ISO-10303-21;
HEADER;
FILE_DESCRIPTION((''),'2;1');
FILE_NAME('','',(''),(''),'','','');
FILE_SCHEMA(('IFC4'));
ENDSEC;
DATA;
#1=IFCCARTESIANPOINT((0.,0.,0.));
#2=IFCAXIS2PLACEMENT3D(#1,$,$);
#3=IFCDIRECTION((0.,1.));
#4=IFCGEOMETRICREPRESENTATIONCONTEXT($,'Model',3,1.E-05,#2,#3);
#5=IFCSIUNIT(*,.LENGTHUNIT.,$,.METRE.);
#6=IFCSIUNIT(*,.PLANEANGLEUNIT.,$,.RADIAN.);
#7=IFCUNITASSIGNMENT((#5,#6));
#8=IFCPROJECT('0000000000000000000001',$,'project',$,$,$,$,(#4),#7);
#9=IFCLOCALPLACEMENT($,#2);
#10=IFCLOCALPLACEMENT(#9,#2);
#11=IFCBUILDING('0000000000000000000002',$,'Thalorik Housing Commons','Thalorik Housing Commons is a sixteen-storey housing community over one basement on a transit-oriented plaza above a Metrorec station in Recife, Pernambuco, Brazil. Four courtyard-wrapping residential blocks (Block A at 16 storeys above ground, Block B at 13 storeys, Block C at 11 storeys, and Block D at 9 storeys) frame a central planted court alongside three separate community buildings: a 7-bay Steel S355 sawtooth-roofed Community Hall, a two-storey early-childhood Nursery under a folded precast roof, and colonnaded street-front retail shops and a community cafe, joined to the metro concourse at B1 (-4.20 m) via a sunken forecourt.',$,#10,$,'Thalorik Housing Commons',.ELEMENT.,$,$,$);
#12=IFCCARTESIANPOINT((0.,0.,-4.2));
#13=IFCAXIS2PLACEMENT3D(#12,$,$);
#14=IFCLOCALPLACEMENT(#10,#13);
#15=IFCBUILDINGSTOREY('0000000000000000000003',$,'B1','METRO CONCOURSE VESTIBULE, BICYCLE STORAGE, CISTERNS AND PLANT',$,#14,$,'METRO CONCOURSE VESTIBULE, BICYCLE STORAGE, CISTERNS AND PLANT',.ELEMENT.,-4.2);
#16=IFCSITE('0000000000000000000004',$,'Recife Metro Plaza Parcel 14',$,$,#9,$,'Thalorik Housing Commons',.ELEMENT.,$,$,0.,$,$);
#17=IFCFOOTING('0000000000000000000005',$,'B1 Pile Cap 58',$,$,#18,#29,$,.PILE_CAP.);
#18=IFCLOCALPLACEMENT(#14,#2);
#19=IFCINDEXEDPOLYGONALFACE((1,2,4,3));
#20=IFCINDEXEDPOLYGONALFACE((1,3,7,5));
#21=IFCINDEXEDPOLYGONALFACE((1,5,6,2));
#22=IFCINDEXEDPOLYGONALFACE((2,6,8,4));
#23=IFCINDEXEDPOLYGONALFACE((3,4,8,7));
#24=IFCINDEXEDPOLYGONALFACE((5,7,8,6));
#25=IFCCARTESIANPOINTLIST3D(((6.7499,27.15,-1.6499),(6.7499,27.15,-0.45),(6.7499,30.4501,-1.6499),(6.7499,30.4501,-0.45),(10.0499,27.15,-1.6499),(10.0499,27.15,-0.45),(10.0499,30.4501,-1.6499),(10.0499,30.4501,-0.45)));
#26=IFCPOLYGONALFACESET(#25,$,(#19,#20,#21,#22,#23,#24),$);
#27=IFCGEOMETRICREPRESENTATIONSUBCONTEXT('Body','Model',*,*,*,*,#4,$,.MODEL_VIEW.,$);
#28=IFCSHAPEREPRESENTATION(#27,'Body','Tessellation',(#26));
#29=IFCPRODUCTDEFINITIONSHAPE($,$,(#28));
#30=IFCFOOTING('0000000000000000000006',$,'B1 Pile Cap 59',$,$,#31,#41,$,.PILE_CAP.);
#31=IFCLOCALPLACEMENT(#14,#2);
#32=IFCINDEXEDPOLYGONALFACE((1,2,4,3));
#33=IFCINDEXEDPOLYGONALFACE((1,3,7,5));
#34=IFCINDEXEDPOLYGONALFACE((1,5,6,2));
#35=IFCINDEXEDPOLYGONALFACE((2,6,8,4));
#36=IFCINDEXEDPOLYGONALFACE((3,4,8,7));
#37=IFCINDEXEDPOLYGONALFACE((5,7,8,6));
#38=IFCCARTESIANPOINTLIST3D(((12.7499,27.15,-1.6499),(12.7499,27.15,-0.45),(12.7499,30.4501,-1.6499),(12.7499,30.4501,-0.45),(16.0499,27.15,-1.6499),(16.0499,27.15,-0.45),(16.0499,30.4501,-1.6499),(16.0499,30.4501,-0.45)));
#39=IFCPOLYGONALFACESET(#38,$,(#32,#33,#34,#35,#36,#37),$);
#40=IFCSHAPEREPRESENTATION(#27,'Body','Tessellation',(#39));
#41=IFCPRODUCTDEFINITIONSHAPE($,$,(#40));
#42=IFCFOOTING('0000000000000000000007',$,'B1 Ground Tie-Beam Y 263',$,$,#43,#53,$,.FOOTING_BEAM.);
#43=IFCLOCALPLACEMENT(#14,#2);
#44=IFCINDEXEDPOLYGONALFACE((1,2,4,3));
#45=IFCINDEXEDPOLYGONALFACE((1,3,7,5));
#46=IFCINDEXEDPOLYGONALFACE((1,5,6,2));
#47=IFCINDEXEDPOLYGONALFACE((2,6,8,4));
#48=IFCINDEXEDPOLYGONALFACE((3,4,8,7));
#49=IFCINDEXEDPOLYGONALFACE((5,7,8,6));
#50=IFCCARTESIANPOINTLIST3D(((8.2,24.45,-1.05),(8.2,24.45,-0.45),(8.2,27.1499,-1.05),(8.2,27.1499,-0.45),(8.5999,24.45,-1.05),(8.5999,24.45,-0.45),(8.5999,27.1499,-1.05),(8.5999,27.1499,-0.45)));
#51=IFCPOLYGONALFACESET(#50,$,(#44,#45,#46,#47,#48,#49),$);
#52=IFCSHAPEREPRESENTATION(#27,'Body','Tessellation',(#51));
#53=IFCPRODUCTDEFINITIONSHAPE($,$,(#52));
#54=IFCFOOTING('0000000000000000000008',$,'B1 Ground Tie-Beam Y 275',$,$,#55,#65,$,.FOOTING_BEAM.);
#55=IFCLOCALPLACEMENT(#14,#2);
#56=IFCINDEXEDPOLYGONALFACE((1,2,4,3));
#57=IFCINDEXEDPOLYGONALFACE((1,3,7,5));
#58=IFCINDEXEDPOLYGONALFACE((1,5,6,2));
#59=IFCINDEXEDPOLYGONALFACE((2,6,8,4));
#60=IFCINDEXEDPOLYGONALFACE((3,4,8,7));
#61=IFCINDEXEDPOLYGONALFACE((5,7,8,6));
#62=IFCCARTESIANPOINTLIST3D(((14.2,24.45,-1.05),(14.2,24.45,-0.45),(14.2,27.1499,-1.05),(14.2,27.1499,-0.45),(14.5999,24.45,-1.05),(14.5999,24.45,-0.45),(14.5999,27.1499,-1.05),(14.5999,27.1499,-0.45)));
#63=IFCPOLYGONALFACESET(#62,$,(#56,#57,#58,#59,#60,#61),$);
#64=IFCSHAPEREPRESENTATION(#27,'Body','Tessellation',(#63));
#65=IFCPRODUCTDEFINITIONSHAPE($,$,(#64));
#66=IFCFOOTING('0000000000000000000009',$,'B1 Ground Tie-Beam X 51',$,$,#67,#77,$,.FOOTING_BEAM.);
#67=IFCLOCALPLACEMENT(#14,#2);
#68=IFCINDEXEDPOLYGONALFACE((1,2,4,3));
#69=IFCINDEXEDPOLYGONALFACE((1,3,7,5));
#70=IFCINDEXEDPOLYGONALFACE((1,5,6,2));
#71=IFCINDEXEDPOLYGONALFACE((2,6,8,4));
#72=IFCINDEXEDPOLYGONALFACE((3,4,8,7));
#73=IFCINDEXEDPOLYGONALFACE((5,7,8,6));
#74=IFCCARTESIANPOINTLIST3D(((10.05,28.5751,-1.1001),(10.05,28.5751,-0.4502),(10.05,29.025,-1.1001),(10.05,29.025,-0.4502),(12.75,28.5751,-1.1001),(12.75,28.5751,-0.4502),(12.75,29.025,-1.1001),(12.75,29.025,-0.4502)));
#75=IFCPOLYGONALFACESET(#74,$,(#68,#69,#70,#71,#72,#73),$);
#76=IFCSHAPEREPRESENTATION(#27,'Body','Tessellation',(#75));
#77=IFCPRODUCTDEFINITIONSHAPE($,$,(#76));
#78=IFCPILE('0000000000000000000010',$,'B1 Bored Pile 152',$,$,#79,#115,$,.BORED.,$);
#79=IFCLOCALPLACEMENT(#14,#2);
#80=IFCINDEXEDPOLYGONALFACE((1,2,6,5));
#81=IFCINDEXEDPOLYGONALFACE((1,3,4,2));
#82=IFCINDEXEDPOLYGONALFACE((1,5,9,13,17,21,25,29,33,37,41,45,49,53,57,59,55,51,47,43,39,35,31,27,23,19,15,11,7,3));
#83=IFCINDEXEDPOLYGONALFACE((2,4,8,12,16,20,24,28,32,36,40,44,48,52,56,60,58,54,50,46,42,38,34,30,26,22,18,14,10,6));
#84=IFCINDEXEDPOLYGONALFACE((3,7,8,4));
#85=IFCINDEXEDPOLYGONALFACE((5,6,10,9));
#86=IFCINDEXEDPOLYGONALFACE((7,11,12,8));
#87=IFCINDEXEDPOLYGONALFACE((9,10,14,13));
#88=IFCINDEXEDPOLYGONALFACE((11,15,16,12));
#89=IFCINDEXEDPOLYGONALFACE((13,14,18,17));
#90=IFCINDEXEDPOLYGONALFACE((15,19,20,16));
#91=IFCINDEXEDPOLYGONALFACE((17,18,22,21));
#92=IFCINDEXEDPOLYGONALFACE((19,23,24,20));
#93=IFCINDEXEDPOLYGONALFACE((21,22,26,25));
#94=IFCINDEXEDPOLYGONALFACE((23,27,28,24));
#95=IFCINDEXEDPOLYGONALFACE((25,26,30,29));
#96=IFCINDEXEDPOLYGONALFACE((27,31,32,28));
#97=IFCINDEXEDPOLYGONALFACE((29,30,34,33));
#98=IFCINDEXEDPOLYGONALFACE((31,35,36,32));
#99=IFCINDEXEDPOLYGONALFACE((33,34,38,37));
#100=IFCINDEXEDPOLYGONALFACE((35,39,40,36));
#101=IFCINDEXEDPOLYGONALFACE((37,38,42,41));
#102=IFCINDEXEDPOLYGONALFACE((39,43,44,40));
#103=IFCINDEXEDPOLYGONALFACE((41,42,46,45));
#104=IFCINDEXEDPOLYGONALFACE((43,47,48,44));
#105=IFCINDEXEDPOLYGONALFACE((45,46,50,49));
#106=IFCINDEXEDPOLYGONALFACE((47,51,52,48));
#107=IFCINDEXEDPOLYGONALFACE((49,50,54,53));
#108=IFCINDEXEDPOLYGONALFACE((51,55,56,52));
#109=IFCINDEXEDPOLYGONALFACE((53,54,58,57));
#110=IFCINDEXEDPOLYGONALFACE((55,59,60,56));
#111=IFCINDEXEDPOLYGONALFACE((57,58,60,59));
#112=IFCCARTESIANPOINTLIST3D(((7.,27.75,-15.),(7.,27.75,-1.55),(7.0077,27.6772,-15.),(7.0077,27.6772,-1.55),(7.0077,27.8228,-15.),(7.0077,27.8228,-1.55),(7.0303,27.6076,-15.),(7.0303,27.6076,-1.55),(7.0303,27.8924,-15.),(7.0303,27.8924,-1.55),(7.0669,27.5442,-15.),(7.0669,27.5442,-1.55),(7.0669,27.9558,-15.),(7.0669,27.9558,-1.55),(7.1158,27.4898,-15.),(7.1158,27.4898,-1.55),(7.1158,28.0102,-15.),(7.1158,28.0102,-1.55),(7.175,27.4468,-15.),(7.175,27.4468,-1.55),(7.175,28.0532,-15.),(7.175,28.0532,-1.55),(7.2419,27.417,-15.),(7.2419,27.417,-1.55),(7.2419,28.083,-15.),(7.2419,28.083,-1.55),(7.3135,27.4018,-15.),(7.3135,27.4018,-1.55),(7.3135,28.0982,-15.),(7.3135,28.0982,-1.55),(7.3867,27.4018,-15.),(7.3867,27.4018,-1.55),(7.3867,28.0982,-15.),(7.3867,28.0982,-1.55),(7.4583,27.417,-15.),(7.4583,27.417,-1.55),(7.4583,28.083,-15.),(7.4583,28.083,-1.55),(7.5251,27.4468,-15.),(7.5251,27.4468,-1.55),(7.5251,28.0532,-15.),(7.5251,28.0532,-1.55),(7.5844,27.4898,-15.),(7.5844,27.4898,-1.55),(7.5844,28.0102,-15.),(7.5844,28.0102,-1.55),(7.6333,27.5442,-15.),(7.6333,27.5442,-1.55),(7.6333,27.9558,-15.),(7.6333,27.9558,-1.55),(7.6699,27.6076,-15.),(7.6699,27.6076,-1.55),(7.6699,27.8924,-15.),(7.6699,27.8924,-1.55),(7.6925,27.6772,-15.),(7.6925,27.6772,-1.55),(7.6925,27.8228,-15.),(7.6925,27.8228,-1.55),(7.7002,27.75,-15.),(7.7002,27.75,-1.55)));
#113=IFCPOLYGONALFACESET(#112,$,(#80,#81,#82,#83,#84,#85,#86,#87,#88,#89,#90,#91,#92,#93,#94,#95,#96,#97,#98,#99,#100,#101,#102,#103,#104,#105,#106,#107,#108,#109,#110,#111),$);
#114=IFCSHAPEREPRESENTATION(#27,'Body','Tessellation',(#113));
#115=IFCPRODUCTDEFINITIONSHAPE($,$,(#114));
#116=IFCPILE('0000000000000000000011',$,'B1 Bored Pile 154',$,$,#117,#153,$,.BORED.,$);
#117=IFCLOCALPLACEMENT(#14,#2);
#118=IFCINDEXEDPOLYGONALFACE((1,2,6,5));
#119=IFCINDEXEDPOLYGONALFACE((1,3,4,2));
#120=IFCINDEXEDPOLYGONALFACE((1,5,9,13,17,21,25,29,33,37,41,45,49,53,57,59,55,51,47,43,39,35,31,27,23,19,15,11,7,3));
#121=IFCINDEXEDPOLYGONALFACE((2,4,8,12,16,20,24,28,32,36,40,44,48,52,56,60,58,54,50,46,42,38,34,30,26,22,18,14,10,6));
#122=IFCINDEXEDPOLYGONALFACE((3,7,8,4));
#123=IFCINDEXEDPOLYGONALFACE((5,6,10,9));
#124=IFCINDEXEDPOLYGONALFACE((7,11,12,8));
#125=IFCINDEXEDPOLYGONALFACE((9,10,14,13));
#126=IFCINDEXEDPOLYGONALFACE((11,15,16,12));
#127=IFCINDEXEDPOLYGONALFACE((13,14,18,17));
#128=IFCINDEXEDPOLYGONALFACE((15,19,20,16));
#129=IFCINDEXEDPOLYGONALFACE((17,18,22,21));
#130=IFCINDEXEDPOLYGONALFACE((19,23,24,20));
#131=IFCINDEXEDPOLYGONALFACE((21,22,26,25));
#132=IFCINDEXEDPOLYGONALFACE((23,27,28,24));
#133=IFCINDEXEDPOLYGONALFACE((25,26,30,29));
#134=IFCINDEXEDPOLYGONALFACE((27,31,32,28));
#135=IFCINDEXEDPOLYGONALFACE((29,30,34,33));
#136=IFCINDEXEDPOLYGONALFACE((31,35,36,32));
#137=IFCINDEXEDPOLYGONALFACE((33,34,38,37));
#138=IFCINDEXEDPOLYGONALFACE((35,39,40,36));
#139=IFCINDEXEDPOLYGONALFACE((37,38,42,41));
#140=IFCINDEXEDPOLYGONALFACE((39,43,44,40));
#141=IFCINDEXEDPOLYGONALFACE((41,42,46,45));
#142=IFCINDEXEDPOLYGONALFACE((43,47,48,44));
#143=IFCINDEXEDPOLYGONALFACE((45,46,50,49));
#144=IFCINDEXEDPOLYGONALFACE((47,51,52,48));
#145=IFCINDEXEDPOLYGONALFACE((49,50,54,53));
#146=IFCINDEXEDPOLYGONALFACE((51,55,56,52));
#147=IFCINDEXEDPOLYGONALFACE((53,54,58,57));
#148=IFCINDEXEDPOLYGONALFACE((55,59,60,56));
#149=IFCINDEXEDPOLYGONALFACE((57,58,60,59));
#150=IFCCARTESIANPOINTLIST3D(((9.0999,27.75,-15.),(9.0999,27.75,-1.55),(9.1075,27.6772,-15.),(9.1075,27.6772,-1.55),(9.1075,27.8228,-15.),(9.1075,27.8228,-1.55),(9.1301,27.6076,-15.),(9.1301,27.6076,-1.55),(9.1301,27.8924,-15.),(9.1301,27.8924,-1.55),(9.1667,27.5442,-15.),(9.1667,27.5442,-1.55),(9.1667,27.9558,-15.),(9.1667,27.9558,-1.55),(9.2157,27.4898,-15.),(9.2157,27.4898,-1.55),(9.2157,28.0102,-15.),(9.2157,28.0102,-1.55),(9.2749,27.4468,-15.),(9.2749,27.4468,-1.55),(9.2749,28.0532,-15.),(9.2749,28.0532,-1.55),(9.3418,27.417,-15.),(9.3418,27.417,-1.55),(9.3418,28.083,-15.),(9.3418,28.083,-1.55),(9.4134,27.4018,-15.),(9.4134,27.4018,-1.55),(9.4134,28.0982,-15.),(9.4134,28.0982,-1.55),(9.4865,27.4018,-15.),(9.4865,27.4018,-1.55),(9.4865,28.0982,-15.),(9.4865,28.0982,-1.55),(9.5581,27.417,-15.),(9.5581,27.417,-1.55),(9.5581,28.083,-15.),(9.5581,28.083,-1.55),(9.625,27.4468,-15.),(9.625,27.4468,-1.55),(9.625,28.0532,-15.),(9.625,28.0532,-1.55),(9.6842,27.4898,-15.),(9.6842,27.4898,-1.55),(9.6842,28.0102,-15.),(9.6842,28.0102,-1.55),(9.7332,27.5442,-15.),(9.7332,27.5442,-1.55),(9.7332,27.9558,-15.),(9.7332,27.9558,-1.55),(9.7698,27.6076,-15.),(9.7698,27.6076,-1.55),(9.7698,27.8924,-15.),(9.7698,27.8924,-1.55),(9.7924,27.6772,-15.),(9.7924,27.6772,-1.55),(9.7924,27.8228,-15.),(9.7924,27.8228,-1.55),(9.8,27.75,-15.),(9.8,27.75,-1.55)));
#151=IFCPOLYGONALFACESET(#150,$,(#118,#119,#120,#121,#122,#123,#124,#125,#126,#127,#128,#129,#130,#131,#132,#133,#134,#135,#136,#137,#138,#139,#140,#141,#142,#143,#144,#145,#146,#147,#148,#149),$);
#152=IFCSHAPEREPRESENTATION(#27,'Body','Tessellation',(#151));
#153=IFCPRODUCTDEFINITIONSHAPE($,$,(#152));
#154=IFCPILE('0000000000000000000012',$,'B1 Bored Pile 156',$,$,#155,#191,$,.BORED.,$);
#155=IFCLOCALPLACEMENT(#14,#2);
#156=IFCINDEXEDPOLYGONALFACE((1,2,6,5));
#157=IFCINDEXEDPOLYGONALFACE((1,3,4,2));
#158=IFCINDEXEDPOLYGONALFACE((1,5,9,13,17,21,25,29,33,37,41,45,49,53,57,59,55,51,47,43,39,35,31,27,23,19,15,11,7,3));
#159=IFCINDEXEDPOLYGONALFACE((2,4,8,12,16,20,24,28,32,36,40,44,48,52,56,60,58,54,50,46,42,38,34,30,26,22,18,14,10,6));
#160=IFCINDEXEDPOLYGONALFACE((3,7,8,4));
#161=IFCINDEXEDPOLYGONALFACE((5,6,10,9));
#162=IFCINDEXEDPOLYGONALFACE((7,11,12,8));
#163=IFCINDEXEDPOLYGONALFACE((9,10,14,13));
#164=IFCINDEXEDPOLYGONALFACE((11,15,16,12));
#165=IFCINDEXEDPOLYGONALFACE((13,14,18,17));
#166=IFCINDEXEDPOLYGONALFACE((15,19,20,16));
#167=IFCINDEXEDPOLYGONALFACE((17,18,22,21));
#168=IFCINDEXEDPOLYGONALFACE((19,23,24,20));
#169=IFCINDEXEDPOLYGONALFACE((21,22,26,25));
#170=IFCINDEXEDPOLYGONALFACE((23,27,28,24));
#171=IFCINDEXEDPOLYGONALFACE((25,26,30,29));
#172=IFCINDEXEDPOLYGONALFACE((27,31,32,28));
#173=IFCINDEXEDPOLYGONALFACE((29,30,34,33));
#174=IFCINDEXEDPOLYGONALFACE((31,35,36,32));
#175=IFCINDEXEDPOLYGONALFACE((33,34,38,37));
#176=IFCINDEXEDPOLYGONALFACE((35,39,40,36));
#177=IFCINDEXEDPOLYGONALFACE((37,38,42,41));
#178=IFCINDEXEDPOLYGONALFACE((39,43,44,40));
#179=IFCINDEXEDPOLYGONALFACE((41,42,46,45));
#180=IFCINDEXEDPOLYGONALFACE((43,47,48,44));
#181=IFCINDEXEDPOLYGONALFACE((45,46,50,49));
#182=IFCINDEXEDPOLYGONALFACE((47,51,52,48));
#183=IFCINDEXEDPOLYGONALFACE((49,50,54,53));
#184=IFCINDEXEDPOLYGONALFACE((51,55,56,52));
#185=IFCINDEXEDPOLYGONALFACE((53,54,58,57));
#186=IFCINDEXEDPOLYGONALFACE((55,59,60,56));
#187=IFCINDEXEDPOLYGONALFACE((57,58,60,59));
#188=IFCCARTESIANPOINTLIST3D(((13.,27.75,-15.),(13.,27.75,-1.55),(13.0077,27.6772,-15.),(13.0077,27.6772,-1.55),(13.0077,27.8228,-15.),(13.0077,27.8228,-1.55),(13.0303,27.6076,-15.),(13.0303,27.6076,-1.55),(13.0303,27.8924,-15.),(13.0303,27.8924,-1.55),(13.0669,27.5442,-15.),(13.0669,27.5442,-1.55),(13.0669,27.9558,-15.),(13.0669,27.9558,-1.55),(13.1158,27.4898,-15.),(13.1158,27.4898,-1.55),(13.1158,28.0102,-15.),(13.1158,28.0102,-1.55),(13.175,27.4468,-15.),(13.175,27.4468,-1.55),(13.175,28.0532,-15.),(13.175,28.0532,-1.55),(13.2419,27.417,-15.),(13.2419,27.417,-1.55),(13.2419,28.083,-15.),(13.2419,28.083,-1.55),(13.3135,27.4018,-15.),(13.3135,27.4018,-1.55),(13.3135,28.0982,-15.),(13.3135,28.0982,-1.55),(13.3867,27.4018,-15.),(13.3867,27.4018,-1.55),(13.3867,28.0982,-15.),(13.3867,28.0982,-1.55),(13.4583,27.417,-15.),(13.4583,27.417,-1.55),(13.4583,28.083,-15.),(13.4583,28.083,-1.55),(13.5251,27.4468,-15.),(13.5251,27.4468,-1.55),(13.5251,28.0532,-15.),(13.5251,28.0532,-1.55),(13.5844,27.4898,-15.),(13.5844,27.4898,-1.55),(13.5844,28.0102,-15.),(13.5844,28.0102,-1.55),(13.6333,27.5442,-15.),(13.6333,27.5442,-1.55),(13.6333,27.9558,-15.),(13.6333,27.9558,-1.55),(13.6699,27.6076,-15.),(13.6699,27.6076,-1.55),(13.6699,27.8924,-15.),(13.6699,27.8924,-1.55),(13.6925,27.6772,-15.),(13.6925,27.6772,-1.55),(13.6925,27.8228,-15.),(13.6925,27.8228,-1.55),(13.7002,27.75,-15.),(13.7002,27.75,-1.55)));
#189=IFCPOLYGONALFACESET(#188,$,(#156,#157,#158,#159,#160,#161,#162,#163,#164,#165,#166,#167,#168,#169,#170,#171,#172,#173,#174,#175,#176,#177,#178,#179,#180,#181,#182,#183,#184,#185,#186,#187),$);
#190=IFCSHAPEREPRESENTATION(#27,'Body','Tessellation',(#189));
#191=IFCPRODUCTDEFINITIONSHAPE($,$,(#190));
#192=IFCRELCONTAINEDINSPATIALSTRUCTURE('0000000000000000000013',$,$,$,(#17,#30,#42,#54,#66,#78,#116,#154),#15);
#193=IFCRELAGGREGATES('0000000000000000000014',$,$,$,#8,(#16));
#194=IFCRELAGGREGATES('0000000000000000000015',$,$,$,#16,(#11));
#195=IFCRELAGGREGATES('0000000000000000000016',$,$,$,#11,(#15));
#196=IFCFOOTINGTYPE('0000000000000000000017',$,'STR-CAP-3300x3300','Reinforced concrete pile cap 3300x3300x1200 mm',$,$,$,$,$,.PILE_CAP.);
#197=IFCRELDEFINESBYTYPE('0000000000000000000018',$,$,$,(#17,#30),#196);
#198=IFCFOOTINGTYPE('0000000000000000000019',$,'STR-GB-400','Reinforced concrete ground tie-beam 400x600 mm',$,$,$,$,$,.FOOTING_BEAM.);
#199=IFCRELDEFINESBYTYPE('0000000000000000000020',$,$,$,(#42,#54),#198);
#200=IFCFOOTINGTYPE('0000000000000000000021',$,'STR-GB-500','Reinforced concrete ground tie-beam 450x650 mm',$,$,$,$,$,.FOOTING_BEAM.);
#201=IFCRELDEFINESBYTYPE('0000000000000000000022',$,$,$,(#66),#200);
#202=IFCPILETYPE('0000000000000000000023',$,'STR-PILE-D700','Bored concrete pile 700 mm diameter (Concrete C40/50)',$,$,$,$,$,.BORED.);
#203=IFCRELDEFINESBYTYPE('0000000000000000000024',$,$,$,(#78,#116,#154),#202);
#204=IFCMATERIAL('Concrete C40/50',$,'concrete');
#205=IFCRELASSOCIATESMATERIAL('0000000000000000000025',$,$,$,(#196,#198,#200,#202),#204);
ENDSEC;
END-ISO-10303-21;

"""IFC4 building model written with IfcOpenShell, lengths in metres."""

from ifc_helpers import new_model, si_unit, direction, frame, origin, origin_2d, place, context, subcontext, project, spatial, rectangle, circle, extrude, material, material_profile, profile_set, type_object, element, save


model = new_model("IFC4")

# Units and contexts
model_context = context("Model", 3, precision=1e-05, world=origin(), true_north=direction((0.0, 1.0)))
body_context = subcontext(model_context, "Body", "Model", "MODEL_VIEW")
ifc_project = project(units=[si_unit("LENGTHUNIT", "METRE"), si_unit("PLANEANGLEUNIT", "RADIAN")], contexts=[model_context])

# Site, building, storey
site_placement = place(None, origin())
site = spatial("IfcSite", under=ifc_project, at=site_placement, Name="Recife Metro Plaza Parcel 14", LongName="Thalorik Housing Commons", CompositionType="ELEMENT", RefElevation=0.0)
building_placement = place(site_placement, origin())
building = spatial("IfcBuilding", under=site, at=building_placement, Name="Thalorik Housing Commons", Description="Thalorik Housing Commons is a sixteen-storey housing community over one basement on a transit-oriented plaza above a Metrorec station in Recife, Pernambuco, Brazil. Four courtyard-wrapping residential blocks (Block A at 16 storeys above ground, Block B at 13 storeys, Block C at 11 storeys, and Block D at 9 storeys) frame a central planted court alongside three separate community buildings: a 7-bay Steel S355 sawtooth-roofed Community Hall, a two-storey early-childhood Nursery under a folded precast roof, and colonnaded street-front retail shops and a community cafe, joined to the metro concourse at B1 (-4.20 m) via a sunken forecourt.", LongName="Thalorik Housing Commons", CompositionType="ELEMENT")
storey_placement = place(building_placement, frame((0.0, 0.0, -4.2)))
storey = spatial("IfcBuildingStorey", under=building, at=storey_placement, Name="B1", Description="METRO CONCOURSE VESTIBULE, BICYCLE STORAGE, CISTERNS AND PLANT", LongName="METRO CONCOURSE VESTIBULE, BICYCLE STORAGE, CISTERNS AND PLANT", CompositionType="ELEMENT", Elevation=-4.2)

# Footings
ifc_material_1 = material(Name="Concrete C40/50", Category="concrete")
footing_type_1 = type_object("IfcFootingType", Name="STR-CAP-3300x3300", Description="Reinforced concrete pile cap 3300x3300x1200 mm", PredefinedType="PILE_CAP", material=ifc_material_1)
for number, where, z_axis, x_axis, name in (
    (1, (8.3999, 28.8, -1.6499), (0.0, 0.0, 1.0), (1.0, 0.0, 0.0), "B1 Pile Cap 58"),
    (2, (14.3999, 28.8, -1.6499), (0.0, 0.0, 1.0), (1.0, 0.0, 0.0), "B1 Pile Cap 59"),
):
    element("IfcFooting", number, at=place(storey_placement, frame(where, z_axis=z_axis, x_axis=x_axis)), inside=storey, type_object=footing_type_1, Name=name, PredefinedType="PILE_CAP", context=body_context, shape_type="SweptSolid", body=[
        extrude(rectangle(XDim=3.3, YDim=3.3, at=origin_2d()), origin(), (0.0, 0.0, 1.0), 1.2),
    ])
ifc_material_profile_1 = material_profile(ifc_material_1, rectangle(XDim=0.3999, YDim=0.6001, at=origin_2d()), Name="RC 400x600", Category="concrete")
ifc_profile_set_1 = profile_set([ifc_material_profile_1], Name="Concrete C40/50")
footing_type_2 = type_object("IfcFootingType", Name="STR-GB-400", Description="Reinforced concrete ground tie-beam 400x600 mm", PredefinedType="FOOTING_BEAM", material=ifc_profile_set_1)
for number, where, z_axis, x_axis, name in (
    (3, (8.3999, 24.45, -0.75), (0.0, 1.0, 0.0), (-1.0, 0.0, 0.0), "B1 Ground Tie-Beam Y 263"),
    (4, (14.3999, 24.45, -0.75), (0.0, 1.0, 0.0), (-1.0, 0.0, 0.0), "B1 Ground Tie-Beam Y 275"),
):
    element("IfcFooting", number, at=place(storey_placement, frame(where, z_axis=z_axis, x_axis=x_axis)), inside=storey, type_object=footing_type_2, Name=name, PredefinedType="FOOTING_BEAM", context=body_context, shape_type="SweptSolid", body=[
        extrude(rectangle(XDim=0.3999, YDim=0.6001, at=origin_2d()), origin(), (0.0, 0.0, 1.0), 2.7),
    ])
ifc_material_profile_2 = material_profile(ifc_material_1, rectangle(XDim=0.45, YDim=0.6499, at=origin_2d()), Name="RC 450x650", Category="concrete")
ifc_profile_set_2 = profile_set([ifc_material_profile_2], Name="Concrete C40/50")
footing_type_3 = type_object("IfcFootingType", Name="STR-GB-500", Description="Reinforced concrete ground tie-beam 450x650 mm", PredefinedType="FOOTING_BEAM", material=ifc_profile_set_2)
footing_placement = place(storey_placement, frame((10.05, 28.8, -0.7751), z_axis=(1.0, 0.0, 0.0), x_axis=(0.0, 1.0, 0.0)))
element("IfcFooting", 5, at=footing_placement, inside=storey, type_object=footing_type_3, Name="B1 Ground Tie-Beam X 51", PredefinedType="FOOTING_BEAM", context=body_context, shape_type="SweptSolid", body=[
    extrude(rectangle(XDim=0.45, YDim=0.6499, at=origin_2d()), origin(), (0.0, 0.0, 1.0), 2.7),
])

# Piles
ifc_material_profile_3 = material_profile(ifc_material_1, circle(Radius=0.3501, at=origin_2d()), Name="BORED PILE D700", Category="concrete")
ifc_profile_set_3 = profile_set([ifc_material_profile_3], Name="Concrete C40/50")
pile_type_1 = type_object("IfcPileType", Name="STR-PILE-D700", Description="Bored concrete pile 700 mm diameter (Concrete C40/50)", PredefinedType="BORED", material=ifc_profile_set_3)
for number, where, z_axis, x_axis, name in (
    (6, (7.3501, 27.75, -1.55), (0.0, 0.0, -1.0), (1.0, 0.0, 0.0), "B1 Bored Pile 152"),
    (7, (9.45, 27.75, -1.55), (0.0, 0.0, -1.0), (1.0, 0.0, 0.0), "B1 Bored Pile 154"),
    (8, (13.3501, 27.75, -1.55), (0.0, 0.0, -1.0), (1.0, 0.0, 0.0), "B1 Bored Pile 156"),
):
    element("IfcPile", number, at=place(storey_placement, frame(where, z_axis=z_axis, x_axis=x_axis)), inside=storey, type_object=pile_type_1, Name=name, PredefinedType="BORED", context=body_context, shape_type="SweptSolid", body=[
        extrude(circle(Radius=0.3501, at=origin_2d()), origin(), (0.0, 0.0, 1.0), 13.45),
    ])

save(model, "model.ifc")
